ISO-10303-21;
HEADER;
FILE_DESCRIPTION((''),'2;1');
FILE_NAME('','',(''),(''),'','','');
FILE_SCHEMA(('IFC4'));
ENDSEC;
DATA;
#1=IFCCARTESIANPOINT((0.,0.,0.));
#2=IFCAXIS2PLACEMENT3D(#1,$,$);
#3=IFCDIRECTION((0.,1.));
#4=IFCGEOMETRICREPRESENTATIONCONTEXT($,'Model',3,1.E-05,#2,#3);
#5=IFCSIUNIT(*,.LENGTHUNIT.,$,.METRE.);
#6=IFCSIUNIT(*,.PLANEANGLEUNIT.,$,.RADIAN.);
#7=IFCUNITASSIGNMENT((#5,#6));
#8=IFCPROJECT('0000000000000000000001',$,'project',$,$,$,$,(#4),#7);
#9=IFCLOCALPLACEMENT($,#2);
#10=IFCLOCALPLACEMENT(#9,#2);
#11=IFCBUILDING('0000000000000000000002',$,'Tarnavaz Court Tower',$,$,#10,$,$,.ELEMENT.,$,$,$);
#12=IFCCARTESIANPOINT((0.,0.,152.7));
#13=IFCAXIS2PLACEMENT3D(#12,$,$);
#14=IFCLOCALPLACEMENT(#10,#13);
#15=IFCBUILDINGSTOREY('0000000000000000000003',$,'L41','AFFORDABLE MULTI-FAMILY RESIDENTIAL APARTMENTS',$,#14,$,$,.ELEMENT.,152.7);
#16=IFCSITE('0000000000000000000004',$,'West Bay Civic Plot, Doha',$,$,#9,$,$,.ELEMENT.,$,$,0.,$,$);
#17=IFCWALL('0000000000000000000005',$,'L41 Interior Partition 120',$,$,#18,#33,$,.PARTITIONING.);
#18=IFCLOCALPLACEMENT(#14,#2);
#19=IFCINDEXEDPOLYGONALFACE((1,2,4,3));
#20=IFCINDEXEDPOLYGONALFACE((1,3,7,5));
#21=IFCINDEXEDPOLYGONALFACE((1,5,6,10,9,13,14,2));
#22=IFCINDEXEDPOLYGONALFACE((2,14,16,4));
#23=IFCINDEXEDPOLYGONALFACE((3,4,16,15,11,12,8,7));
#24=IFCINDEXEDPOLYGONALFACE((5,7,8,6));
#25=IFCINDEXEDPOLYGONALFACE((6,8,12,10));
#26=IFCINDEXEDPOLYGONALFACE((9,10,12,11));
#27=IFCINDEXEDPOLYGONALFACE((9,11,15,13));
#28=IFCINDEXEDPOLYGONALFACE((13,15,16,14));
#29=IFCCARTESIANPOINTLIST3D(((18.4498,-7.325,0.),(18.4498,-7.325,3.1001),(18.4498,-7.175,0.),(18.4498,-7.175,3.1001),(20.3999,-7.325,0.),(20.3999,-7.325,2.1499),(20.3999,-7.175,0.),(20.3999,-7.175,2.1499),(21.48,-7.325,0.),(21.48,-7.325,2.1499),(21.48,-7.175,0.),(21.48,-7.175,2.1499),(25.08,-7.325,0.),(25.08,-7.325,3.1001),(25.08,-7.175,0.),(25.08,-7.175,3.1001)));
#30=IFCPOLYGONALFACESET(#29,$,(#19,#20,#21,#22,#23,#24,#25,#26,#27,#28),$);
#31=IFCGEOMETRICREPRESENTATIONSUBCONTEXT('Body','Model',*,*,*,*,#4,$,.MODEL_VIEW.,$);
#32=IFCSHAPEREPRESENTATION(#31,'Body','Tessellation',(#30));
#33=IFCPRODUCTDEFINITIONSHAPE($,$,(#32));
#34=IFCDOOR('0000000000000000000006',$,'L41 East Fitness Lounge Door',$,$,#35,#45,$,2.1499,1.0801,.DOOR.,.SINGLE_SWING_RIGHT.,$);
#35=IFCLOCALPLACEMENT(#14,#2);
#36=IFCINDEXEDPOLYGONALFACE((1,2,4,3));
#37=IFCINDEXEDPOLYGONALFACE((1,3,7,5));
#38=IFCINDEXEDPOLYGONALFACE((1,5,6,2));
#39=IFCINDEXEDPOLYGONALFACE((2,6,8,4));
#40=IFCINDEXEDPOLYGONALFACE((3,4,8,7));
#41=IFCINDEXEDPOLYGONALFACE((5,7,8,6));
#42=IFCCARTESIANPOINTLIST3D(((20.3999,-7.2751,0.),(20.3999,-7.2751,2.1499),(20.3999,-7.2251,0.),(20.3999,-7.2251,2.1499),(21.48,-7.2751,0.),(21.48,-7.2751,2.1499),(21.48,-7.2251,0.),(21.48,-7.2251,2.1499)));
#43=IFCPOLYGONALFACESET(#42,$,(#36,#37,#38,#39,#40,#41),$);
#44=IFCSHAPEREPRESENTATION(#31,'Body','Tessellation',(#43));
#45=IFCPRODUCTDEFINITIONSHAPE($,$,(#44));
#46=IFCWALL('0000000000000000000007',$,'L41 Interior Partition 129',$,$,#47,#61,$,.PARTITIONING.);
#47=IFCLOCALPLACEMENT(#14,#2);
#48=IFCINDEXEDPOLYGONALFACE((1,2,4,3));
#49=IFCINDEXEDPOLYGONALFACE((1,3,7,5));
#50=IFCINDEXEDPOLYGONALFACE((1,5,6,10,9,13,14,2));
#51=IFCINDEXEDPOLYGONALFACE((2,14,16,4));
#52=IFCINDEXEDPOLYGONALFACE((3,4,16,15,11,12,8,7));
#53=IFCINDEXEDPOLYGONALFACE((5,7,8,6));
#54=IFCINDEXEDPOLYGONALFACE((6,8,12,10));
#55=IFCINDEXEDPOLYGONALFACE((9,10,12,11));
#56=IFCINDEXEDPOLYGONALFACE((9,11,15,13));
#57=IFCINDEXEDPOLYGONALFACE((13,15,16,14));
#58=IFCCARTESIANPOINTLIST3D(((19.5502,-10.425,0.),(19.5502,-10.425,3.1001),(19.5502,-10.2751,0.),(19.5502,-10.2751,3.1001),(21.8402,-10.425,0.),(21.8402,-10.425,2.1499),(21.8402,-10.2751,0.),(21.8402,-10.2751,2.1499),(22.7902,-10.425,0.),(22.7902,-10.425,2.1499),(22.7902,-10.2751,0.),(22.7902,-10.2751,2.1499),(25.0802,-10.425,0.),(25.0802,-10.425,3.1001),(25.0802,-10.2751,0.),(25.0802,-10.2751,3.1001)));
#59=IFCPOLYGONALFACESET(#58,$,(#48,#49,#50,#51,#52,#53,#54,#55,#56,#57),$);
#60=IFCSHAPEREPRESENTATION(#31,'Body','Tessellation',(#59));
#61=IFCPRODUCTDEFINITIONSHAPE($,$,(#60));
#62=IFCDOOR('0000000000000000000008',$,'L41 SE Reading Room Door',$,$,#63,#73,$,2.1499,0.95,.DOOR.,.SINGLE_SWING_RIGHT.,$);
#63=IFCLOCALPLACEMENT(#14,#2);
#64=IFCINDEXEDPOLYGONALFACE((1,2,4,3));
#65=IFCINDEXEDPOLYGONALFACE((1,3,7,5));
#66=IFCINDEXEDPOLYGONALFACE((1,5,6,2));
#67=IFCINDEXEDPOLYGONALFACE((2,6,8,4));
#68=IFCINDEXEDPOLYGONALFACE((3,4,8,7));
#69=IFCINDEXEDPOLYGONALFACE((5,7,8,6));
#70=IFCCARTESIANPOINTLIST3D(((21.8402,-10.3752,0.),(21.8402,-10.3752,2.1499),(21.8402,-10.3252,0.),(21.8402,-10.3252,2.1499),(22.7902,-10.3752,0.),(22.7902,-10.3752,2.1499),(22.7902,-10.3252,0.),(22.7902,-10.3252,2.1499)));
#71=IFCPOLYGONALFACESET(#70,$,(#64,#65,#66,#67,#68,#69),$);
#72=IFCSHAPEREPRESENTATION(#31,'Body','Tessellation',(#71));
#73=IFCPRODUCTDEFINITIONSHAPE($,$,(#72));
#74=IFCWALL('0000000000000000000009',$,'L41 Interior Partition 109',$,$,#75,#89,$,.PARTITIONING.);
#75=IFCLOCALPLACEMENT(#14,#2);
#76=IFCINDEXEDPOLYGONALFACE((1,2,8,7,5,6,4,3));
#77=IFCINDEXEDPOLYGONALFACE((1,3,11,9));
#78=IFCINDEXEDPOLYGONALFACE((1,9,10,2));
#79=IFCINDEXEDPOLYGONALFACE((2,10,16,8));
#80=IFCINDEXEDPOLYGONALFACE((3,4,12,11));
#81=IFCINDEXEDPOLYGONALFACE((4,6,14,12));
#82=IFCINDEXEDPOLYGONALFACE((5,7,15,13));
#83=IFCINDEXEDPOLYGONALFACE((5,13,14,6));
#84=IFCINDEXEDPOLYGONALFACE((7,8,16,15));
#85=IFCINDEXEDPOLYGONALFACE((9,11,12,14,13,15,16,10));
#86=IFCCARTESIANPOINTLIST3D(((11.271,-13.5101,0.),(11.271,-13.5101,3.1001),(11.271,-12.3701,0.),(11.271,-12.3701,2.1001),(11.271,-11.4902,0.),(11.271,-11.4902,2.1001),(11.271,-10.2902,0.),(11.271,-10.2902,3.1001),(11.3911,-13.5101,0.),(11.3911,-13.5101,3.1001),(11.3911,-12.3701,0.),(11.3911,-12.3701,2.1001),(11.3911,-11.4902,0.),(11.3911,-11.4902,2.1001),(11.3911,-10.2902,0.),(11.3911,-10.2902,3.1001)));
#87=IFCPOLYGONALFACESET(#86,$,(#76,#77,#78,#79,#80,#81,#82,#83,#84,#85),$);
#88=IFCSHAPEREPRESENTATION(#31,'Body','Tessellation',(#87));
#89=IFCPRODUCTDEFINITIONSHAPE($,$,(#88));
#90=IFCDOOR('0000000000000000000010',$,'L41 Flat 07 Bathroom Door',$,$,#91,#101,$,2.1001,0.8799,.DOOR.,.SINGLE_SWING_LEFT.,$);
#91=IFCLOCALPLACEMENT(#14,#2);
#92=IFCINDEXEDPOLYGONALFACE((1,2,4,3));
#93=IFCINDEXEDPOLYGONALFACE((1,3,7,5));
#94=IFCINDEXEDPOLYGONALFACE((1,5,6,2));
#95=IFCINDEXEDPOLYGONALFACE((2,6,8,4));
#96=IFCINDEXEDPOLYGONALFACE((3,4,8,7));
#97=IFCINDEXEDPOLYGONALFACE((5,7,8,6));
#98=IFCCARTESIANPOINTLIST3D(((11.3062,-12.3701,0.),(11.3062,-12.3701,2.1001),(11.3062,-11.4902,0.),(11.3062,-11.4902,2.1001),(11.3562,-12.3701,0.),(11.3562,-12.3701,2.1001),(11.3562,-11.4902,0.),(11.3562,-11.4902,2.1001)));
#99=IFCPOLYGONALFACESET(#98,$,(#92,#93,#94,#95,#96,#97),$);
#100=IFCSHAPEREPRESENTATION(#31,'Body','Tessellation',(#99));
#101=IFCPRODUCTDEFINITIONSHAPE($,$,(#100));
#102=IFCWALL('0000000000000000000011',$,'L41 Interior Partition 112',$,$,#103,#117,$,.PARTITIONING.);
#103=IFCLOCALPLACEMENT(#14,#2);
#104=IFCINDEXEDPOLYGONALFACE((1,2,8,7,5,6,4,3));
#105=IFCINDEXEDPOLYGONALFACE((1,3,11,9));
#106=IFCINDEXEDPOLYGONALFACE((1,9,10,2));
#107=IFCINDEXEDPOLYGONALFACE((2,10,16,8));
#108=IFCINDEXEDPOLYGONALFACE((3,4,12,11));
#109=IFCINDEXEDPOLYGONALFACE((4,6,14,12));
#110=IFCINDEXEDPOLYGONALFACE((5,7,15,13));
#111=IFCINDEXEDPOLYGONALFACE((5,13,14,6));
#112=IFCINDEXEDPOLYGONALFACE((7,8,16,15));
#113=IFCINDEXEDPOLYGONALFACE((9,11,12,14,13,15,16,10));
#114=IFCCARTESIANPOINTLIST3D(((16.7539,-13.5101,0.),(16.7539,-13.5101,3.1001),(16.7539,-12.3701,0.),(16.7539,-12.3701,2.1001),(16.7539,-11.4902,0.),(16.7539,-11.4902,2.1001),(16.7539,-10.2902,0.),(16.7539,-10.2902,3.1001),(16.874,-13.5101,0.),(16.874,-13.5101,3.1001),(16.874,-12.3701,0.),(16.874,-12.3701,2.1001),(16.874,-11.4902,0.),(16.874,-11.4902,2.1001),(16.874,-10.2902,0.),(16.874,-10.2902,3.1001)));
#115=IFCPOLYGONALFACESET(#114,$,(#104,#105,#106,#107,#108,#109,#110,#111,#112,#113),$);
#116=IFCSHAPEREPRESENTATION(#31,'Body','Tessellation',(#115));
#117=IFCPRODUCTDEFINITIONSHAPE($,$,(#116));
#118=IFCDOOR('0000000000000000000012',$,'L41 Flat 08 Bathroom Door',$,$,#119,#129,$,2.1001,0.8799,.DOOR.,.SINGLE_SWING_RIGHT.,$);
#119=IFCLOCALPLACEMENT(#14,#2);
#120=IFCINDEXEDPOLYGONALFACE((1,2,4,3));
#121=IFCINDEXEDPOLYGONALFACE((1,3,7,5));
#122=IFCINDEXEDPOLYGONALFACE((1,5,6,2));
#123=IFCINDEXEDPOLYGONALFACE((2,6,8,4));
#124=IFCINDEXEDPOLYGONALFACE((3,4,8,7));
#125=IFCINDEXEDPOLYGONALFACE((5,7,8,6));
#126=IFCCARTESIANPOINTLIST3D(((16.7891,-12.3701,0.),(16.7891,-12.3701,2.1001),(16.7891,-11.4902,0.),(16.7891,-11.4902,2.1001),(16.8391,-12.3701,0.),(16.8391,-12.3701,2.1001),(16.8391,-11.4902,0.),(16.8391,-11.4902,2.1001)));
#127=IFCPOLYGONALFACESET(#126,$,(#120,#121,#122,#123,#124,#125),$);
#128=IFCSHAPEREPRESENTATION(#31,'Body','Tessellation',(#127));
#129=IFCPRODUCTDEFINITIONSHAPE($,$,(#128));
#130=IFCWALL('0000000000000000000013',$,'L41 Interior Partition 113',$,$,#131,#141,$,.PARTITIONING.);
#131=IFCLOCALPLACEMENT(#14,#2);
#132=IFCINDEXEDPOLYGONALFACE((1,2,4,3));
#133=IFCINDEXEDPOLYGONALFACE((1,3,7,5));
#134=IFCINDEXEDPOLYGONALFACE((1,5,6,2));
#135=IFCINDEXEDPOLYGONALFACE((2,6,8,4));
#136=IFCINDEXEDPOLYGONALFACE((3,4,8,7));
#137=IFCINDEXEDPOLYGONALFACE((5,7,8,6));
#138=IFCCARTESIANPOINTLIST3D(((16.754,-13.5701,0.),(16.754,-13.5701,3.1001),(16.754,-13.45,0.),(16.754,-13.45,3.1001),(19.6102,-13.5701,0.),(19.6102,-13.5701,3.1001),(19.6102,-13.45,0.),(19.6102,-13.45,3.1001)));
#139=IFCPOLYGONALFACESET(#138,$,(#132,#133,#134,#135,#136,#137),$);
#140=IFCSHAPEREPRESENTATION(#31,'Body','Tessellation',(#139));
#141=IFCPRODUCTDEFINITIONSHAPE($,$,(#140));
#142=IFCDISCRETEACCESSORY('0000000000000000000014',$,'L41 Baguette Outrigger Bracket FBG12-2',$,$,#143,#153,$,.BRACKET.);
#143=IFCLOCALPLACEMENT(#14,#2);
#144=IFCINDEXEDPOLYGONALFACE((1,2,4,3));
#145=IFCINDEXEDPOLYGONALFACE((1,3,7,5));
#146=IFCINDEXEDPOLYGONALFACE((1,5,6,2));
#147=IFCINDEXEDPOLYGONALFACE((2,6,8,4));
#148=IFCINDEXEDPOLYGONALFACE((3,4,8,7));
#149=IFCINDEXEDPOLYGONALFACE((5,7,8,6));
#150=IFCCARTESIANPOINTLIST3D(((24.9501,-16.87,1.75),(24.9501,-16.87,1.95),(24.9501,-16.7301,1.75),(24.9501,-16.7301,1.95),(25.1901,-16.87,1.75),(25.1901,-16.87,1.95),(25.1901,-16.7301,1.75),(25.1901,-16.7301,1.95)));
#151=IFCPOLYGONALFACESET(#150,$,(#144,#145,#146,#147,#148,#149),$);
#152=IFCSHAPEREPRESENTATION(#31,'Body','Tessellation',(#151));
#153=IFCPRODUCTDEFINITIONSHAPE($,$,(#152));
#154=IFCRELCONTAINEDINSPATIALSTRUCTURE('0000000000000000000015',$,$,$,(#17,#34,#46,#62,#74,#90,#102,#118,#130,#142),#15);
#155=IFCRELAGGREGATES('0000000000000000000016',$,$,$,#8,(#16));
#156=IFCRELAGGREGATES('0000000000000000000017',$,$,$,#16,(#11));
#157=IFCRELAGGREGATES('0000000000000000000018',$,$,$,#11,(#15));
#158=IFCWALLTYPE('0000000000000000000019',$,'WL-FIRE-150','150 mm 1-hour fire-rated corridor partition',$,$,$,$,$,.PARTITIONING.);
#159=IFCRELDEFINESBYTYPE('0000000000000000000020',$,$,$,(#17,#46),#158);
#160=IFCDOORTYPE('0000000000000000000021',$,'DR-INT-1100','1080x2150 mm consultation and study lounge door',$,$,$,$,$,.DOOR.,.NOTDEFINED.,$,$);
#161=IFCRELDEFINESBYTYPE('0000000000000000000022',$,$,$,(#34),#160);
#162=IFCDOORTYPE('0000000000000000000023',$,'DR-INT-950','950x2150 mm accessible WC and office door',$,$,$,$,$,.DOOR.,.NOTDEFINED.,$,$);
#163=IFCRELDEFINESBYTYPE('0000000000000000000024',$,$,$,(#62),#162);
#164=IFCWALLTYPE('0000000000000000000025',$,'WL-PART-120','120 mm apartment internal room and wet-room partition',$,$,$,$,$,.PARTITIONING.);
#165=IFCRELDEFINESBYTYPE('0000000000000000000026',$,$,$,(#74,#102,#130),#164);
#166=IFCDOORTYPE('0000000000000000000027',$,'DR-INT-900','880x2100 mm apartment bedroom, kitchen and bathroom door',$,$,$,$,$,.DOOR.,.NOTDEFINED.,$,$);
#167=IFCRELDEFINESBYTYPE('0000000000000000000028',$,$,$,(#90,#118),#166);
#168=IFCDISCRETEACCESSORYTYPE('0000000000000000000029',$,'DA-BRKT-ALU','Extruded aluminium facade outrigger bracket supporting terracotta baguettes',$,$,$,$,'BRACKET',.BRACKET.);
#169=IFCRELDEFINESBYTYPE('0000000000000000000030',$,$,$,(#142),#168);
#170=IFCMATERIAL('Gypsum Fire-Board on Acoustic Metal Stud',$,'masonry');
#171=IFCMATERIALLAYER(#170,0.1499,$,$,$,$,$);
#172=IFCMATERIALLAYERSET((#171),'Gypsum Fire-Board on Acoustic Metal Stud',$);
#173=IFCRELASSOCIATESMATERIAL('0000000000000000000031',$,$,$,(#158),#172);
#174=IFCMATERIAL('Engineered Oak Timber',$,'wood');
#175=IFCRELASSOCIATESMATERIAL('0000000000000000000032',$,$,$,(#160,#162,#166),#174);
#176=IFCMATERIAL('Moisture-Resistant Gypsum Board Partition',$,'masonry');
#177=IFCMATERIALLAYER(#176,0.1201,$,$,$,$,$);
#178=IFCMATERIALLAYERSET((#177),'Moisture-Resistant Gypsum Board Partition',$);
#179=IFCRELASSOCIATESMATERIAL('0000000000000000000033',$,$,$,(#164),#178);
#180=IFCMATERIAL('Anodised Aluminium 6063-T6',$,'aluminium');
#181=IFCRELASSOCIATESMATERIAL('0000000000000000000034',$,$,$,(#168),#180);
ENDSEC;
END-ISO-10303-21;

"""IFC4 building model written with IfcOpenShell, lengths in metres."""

from ifc_helpers import new_model, si_unit, direction, frame, frame_2d, origin, origin_2d, place, context, subcontext, project, spatial, rectangle, extrude, material, layer, layer_set, type_object, element, fill, save


model = new_model("IFC4")

# Units and contexts
model_context = context("Model", 3, precision=1e-05, world=origin(), true_north=direction((0.0, 1.0)))
body_context = subcontext(model_context, "Body", "Model", "MODEL_VIEW")
ifc_project = project(units=[si_unit("LENGTHUNIT", "METRE"), si_unit("PLANEANGLEUNIT", "RADIAN")], contexts=[model_context])

# Site, building, storey
site_placement = place(None, origin())
site = spatial("IfcSite", under=ifc_project, at=site_placement, Name="West Bay Civic Plot, Doha", CompositionType="ELEMENT", RefElevation=0.0)
building_placement = place(site_placement, origin())
building = spatial("IfcBuilding", under=site, at=building_placement, Name="Tarnavaz Court Tower", CompositionType="ELEMENT")
storey_placement = place(building_placement, frame((0.0, 0.0, 152.7)))
storey = spatial("IfcBuildingStorey", under=building, at=storey_placement, Name="L41", Description="AFFORDABLE MULTI-FAMILY RESIDENTIAL APARTMENTS", CompositionType="ELEMENT", Elevation=152.7)

# Walls, openings, doors
ifc_material_1 = material(Name="Gypsum Fire-Board on Acoustic Metal Stud", Category="masonry")
ifc_layer_1 = layer(ifc_material_1, 0.1499)
ifc_layer_set_1 = layer_set([ifc_layer_1], Name="Gypsum Fire-Board on Acoustic Metal Stud")
wall_type_1 = type_object("IfcWallType", Name="WL-FIRE-150", Description="150 mm 1-hour fire-rated corridor partition", PredefinedType="PARTITIONING", material=ifc_layer_set_1)
wall_1_placement = place(storey_placement, frame((18.45, -7.25, 0.0), z_axis=(0.0, 0.0, 1.0), x_axis=(1.0, 0.0, 0.0)))
wall_1 = element("IfcWall", 1, at=wall_1_placement, inside=storey, type_object=wall_type_1, Name="L41 Interior Partition 120", PredefinedType="PARTITIONING", context=body_context, shape_type="SweptSolid", body=[
    extrude(rectangle(XDim=6.6301, YDim=0.1499, at=frame_2d((3.3149, 0.0))), origin(), (0.0, 0.0, 1.0), 3.1001),
])
opening_1_placement = place(wall_1_placement, frame((1.95, 0.0, 0.0)))
opening_1 = element("IfcOpeningElement", 2, at=opening_1_placement, cuts=wall_1, PredefinedType="OPENING", context=body_context, shape_type="SweptSolid", body=[
    extrude(rectangle(XDim=1.0801, YDim=2.1499, at=frame_2d((0.54, 1.075))), frame((0.0, 0.085, 0.0), z_axis=(0.0, -1.0, 0.0), x_axis=(1.0, 0.0, 0.0)), (0.0, 0.0, 1.0), 0.1699),
])
ifc_material_2 = material(Name="Engineered Oak Timber", Category="wood")
door_type_1 = type_object("IfcDoorType", Name="DR-INT-1100", Description="1080x2150 mm consultation and study lounge door", OperationType="NOTDEFINED", PredefinedType="DOOR", material=ifc_material_2)
door_1_placement = place(opening_1_placement, origin())
door_1 = element("IfcDoor", 3, at=door_1_placement, inside=storey, type_object=door_type_1, Name="L41 East Fitness Lounge Door", OperationType="SINGLE_SWING_RIGHT", OverallHeight=2.1499, OverallWidth=1.0801, PredefinedType="DOOR", context=body_context, shape_type="SweptSolid", body=[
    extrude(rectangle(XDim=1.0801, YDim=2.1499, at=frame_2d((0.54, 1.075))), frame((0.0, 0.0249, 0.0), z_axis=(0.0, -1.0, 0.0), x_axis=(1.0, 0.0, 0.0)), (0.0, 0.0, 1.0), 0.05),
])
fill(opening_1, door_1)
wall_2_placement = place(storey_placement, frame((19.55, -10.3501, 0.0), z_axis=(0.0, 0.0, 1.0), x_axis=(1.0, 0.0, 0.0)))
wall_2 = element("IfcWall", 4, at=wall_2_placement, inside=storey, type_object=wall_type_1, Name="L41 Interior Partition 129", PredefinedType="PARTITIONING", context=body_context, shape_type="SweptSolid", body=[
    extrude(rectangle(XDim=5.53, YDim=0.1499, at=frame_2d((2.7651, 0.0))), origin(), (0.0, 0.0, 1.0), 3.1001),
])
opening_2_placement = place(wall_2_placement, frame((2.29, 0.0, 0.0)))
opening_2 = element("IfcOpeningElement", 5, at=opening_2_placement, cuts=wall_2, PredefinedType="OPENING", context=body_context, shape_type="SweptSolid", body=[
    extrude(rectangle(XDim=0.95, YDim=2.1499, at=frame_2d((0.4751, 1.075))), frame((0.0, 0.085, 0.0), z_axis=(0.0, -1.0, 0.0), x_axis=(1.0, 0.0, 0.0)), (0.0, 0.0, 1.0), 0.1699),
])
door_type_2 = type_object("IfcDoorType", Name="DR-INT-950", Description="950x2150 mm accessible WC and office door", OperationType="NOTDEFINED", PredefinedType="DOOR", material=ifc_material_2)
door_2_placement = place(opening_2_placement, origin())
door_2 = element("IfcDoor", 6, at=door_2_placement, inside=storey, type_object=door_type_2, Name="L41 SE Reading Room Door", OperationType="SINGLE_SWING_RIGHT", OverallHeight=2.1499, OverallWidth=0.95, PredefinedType="DOOR", context=body_context, shape_type="SweptSolid", body=[
    extrude(rectangle(XDim=0.95, YDim=2.1499, at=frame_2d((0.4751, 1.075))), frame((0.0, 0.0249, 0.0), z_axis=(0.0, -1.0, 0.0), x_axis=(1.0, 0.0, 0.0)), (0.0, 0.0, 1.0), 0.05),
])
fill(opening_2, door_2)
ifc_material_3 = material(Name="Moisture-Resistant Gypsum Board Partition", Category="masonry")
ifc_layer_2 = layer(ifc_material_3, 0.1201)
ifc_layer_set_2 = layer_set([ifc_layer_2], Name="Moisture-Resistant Gypsum Board Partition")
wall_type_2 = type_object("IfcWallType", Name="WL-PART-120", Description="120 mm apartment internal room and wet-room partition", PredefinedType="PARTITIONING", material=ifc_layer_set_2)
wall_3_placement = place(storey_placement, frame((11.3311, -13.51, 0.0), z_axis=(0.0, 0.0, 1.0), x_axis=(0.0, 1.0, 0.0)))
wall_3 = element("IfcWall", 7, at=wall_3_placement, inside=storey, type_object=wall_type_2, Name="L41 Interior Partition 109", PredefinedType="PARTITIONING", context=body_context, shape_type="SweptSolid", body=[
    extrude(rectangle(XDim=3.22, YDim=0.1201, at=frame_2d((1.6099, 0.0))), origin(), (0.0, 0.0, 1.0), 3.1001),
])
opening_3_placement = place(wall_3_placement, frame((1.1399, 0.0, 0.0)))
opening_3 = element("IfcOpeningElement", 8, at=opening_3_placement, cuts=wall_3, PredefinedType="OPENING", context=body_context, shape_type="SweptSolid", body=[
    extrude(rectangle(XDim=0.8799, YDim=2.1001, at=frame_2d((0.4399, 1.05))), frame((0.0, 0.0701, 0.0), z_axis=(0.0, -1.0, 0.0), x_axis=(1.0, 0.0, 0.0)), (0.0, 0.0, 1.0), 0.1401),
])
door_type_3 = type_object("IfcDoorType", Name="DR-INT-900", Description="880x2100 mm apartment bedroom, kitchen and bathroom door", OperationType="NOTDEFINED", PredefinedType="DOOR", material=ifc_material_2)
door_3_placement = place(opening_3_placement, origin())
door_3 = element("IfcDoor", 9, at=door_3_placement, inside=storey, type_object=door_type_3, Name="L41 Flat 07 Bathroom Door", OperationType="SINGLE_SWING_LEFT", OverallHeight=2.1001, OverallWidth=0.8799, PredefinedType="DOOR", context=body_context, shape_type="SweptSolid", body=[
    extrude(rectangle(XDim=0.8799, YDim=2.1001, at=frame_2d((0.4399, 1.05))), frame((0.0, 0.0249, 0.0), z_axis=(0.0, -1.0, 0.0), x_axis=(1.0, 0.0, 0.0)), (0.0, 0.0, 1.0), 0.05),
])
fill(opening_3, door_3)
wall_4_placement = place(storey_placement, frame((16.814, -13.51, 0.0), z_axis=(0.0, 0.0, 1.0), x_axis=(0.0, 1.0, 0.0)))
wall_4 = element("IfcWall", 10, at=wall_4_placement, inside=storey, type_object=wall_type_2, Name="L41 Interior Partition 112", PredefinedType="PARTITIONING", context=body_context, shape_type="SweptSolid", body=[
    extrude(rectangle(XDim=3.22, YDim=0.1201, at=frame_2d((1.6099, 0.0))), origin(), (0.0, 0.0, 1.0), 3.1001),
])
opening_4_placement = place(wall_4_placement, frame((1.1399, 0.0, 0.0)))
opening_4 = element("IfcOpeningElement", 11, at=opening_4_placement, cuts=wall_4, PredefinedType="OPENING", context=body_context, shape_type="SweptSolid", body=[
    extrude(rectangle(XDim=0.8799, YDim=2.1001, at=frame_2d((0.4399, 1.05))), frame((0.0, 0.0701, 0.0), z_axis=(0.0, -1.0, 0.0), x_axis=(1.0, 0.0, 0.0)), (0.0, 0.0, 1.0), 0.1401),
])
door_4_placement = place(opening_4_placement, origin())
door_4 = element("IfcDoor", 12, at=door_4_placement, inside=storey, type_object=door_type_3, Name="L41 Flat 08 Bathroom Door", OperationType="SINGLE_SWING_RIGHT", OverallHeight=2.1001, OverallWidth=0.8799, PredefinedType="DOOR", context=body_context, shape_type="SweptSolid", body=[
    extrude(rectangle(XDim=0.8799, YDim=2.1001, at=frame_2d((0.4399, 1.05))), frame((0.0, 0.0249, 0.0), z_axis=(0.0, -1.0, 0.0), x_axis=(1.0, 0.0, 0.0)), (0.0, 0.0, 1.0), 0.05),
])
fill(opening_4, door_4)

# Wall
wall_5_placement = place(storey_placement, frame((16.7539, -13.51, 0.0), z_axis=(0.0, 0.0, 1.0), x_axis=(1.0, 0.0, 0.0)))
element("IfcWall", 13, at=wall_5_placement, inside=storey, type_object=wall_type_2, Name="L41 Interior Partition 113", PredefinedType="PARTITIONING", context=body_context, shape_type="SweptSolid", body=[
    extrude(rectangle(XDim=2.8562, YDim=0.1201, at=frame_2d((1.4282, 0.0))), origin(), (0.0, 0.0, 1.0), 3.1001),
])

# Discrete accessory
ifc_material_4 = material(Name="Anodised Aluminium 6063-T6", Category="aluminium")
discrete_accessory_type = type_object("IfcDiscreteAccessoryType", Name="DA-BRKT-ALU", Description="Extruded aluminium facade outrigger bracket supporting terracotta baguettes", ElementType="BRACKET", PredefinedType="BRACKET", material=ifc_material_4)
discrete_accessory_placement = place(storey_placement, frame((25.0701, -16.8, 1.75), z_axis=(0.0, 0.0, 1.0), x_axis=(0.0, -1.0, 0.0)))
element("IfcDiscreteAccessory", 14, at=discrete_accessory_placement, inside=storey, type_object=discrete_accessory_type, Name="L41 Baguette Outrigger Bracket FBG12-2", PredefinedType="BRACKET", context=body_context, shape_type="SweptSolid", body=[
    extrude(rectangle(XDim=0.1399, YDim=0.24, at=origin_2d()), origin(), (0.0, 0.0, 1.0), 0.2),
])

save(model, "model.ifc")
